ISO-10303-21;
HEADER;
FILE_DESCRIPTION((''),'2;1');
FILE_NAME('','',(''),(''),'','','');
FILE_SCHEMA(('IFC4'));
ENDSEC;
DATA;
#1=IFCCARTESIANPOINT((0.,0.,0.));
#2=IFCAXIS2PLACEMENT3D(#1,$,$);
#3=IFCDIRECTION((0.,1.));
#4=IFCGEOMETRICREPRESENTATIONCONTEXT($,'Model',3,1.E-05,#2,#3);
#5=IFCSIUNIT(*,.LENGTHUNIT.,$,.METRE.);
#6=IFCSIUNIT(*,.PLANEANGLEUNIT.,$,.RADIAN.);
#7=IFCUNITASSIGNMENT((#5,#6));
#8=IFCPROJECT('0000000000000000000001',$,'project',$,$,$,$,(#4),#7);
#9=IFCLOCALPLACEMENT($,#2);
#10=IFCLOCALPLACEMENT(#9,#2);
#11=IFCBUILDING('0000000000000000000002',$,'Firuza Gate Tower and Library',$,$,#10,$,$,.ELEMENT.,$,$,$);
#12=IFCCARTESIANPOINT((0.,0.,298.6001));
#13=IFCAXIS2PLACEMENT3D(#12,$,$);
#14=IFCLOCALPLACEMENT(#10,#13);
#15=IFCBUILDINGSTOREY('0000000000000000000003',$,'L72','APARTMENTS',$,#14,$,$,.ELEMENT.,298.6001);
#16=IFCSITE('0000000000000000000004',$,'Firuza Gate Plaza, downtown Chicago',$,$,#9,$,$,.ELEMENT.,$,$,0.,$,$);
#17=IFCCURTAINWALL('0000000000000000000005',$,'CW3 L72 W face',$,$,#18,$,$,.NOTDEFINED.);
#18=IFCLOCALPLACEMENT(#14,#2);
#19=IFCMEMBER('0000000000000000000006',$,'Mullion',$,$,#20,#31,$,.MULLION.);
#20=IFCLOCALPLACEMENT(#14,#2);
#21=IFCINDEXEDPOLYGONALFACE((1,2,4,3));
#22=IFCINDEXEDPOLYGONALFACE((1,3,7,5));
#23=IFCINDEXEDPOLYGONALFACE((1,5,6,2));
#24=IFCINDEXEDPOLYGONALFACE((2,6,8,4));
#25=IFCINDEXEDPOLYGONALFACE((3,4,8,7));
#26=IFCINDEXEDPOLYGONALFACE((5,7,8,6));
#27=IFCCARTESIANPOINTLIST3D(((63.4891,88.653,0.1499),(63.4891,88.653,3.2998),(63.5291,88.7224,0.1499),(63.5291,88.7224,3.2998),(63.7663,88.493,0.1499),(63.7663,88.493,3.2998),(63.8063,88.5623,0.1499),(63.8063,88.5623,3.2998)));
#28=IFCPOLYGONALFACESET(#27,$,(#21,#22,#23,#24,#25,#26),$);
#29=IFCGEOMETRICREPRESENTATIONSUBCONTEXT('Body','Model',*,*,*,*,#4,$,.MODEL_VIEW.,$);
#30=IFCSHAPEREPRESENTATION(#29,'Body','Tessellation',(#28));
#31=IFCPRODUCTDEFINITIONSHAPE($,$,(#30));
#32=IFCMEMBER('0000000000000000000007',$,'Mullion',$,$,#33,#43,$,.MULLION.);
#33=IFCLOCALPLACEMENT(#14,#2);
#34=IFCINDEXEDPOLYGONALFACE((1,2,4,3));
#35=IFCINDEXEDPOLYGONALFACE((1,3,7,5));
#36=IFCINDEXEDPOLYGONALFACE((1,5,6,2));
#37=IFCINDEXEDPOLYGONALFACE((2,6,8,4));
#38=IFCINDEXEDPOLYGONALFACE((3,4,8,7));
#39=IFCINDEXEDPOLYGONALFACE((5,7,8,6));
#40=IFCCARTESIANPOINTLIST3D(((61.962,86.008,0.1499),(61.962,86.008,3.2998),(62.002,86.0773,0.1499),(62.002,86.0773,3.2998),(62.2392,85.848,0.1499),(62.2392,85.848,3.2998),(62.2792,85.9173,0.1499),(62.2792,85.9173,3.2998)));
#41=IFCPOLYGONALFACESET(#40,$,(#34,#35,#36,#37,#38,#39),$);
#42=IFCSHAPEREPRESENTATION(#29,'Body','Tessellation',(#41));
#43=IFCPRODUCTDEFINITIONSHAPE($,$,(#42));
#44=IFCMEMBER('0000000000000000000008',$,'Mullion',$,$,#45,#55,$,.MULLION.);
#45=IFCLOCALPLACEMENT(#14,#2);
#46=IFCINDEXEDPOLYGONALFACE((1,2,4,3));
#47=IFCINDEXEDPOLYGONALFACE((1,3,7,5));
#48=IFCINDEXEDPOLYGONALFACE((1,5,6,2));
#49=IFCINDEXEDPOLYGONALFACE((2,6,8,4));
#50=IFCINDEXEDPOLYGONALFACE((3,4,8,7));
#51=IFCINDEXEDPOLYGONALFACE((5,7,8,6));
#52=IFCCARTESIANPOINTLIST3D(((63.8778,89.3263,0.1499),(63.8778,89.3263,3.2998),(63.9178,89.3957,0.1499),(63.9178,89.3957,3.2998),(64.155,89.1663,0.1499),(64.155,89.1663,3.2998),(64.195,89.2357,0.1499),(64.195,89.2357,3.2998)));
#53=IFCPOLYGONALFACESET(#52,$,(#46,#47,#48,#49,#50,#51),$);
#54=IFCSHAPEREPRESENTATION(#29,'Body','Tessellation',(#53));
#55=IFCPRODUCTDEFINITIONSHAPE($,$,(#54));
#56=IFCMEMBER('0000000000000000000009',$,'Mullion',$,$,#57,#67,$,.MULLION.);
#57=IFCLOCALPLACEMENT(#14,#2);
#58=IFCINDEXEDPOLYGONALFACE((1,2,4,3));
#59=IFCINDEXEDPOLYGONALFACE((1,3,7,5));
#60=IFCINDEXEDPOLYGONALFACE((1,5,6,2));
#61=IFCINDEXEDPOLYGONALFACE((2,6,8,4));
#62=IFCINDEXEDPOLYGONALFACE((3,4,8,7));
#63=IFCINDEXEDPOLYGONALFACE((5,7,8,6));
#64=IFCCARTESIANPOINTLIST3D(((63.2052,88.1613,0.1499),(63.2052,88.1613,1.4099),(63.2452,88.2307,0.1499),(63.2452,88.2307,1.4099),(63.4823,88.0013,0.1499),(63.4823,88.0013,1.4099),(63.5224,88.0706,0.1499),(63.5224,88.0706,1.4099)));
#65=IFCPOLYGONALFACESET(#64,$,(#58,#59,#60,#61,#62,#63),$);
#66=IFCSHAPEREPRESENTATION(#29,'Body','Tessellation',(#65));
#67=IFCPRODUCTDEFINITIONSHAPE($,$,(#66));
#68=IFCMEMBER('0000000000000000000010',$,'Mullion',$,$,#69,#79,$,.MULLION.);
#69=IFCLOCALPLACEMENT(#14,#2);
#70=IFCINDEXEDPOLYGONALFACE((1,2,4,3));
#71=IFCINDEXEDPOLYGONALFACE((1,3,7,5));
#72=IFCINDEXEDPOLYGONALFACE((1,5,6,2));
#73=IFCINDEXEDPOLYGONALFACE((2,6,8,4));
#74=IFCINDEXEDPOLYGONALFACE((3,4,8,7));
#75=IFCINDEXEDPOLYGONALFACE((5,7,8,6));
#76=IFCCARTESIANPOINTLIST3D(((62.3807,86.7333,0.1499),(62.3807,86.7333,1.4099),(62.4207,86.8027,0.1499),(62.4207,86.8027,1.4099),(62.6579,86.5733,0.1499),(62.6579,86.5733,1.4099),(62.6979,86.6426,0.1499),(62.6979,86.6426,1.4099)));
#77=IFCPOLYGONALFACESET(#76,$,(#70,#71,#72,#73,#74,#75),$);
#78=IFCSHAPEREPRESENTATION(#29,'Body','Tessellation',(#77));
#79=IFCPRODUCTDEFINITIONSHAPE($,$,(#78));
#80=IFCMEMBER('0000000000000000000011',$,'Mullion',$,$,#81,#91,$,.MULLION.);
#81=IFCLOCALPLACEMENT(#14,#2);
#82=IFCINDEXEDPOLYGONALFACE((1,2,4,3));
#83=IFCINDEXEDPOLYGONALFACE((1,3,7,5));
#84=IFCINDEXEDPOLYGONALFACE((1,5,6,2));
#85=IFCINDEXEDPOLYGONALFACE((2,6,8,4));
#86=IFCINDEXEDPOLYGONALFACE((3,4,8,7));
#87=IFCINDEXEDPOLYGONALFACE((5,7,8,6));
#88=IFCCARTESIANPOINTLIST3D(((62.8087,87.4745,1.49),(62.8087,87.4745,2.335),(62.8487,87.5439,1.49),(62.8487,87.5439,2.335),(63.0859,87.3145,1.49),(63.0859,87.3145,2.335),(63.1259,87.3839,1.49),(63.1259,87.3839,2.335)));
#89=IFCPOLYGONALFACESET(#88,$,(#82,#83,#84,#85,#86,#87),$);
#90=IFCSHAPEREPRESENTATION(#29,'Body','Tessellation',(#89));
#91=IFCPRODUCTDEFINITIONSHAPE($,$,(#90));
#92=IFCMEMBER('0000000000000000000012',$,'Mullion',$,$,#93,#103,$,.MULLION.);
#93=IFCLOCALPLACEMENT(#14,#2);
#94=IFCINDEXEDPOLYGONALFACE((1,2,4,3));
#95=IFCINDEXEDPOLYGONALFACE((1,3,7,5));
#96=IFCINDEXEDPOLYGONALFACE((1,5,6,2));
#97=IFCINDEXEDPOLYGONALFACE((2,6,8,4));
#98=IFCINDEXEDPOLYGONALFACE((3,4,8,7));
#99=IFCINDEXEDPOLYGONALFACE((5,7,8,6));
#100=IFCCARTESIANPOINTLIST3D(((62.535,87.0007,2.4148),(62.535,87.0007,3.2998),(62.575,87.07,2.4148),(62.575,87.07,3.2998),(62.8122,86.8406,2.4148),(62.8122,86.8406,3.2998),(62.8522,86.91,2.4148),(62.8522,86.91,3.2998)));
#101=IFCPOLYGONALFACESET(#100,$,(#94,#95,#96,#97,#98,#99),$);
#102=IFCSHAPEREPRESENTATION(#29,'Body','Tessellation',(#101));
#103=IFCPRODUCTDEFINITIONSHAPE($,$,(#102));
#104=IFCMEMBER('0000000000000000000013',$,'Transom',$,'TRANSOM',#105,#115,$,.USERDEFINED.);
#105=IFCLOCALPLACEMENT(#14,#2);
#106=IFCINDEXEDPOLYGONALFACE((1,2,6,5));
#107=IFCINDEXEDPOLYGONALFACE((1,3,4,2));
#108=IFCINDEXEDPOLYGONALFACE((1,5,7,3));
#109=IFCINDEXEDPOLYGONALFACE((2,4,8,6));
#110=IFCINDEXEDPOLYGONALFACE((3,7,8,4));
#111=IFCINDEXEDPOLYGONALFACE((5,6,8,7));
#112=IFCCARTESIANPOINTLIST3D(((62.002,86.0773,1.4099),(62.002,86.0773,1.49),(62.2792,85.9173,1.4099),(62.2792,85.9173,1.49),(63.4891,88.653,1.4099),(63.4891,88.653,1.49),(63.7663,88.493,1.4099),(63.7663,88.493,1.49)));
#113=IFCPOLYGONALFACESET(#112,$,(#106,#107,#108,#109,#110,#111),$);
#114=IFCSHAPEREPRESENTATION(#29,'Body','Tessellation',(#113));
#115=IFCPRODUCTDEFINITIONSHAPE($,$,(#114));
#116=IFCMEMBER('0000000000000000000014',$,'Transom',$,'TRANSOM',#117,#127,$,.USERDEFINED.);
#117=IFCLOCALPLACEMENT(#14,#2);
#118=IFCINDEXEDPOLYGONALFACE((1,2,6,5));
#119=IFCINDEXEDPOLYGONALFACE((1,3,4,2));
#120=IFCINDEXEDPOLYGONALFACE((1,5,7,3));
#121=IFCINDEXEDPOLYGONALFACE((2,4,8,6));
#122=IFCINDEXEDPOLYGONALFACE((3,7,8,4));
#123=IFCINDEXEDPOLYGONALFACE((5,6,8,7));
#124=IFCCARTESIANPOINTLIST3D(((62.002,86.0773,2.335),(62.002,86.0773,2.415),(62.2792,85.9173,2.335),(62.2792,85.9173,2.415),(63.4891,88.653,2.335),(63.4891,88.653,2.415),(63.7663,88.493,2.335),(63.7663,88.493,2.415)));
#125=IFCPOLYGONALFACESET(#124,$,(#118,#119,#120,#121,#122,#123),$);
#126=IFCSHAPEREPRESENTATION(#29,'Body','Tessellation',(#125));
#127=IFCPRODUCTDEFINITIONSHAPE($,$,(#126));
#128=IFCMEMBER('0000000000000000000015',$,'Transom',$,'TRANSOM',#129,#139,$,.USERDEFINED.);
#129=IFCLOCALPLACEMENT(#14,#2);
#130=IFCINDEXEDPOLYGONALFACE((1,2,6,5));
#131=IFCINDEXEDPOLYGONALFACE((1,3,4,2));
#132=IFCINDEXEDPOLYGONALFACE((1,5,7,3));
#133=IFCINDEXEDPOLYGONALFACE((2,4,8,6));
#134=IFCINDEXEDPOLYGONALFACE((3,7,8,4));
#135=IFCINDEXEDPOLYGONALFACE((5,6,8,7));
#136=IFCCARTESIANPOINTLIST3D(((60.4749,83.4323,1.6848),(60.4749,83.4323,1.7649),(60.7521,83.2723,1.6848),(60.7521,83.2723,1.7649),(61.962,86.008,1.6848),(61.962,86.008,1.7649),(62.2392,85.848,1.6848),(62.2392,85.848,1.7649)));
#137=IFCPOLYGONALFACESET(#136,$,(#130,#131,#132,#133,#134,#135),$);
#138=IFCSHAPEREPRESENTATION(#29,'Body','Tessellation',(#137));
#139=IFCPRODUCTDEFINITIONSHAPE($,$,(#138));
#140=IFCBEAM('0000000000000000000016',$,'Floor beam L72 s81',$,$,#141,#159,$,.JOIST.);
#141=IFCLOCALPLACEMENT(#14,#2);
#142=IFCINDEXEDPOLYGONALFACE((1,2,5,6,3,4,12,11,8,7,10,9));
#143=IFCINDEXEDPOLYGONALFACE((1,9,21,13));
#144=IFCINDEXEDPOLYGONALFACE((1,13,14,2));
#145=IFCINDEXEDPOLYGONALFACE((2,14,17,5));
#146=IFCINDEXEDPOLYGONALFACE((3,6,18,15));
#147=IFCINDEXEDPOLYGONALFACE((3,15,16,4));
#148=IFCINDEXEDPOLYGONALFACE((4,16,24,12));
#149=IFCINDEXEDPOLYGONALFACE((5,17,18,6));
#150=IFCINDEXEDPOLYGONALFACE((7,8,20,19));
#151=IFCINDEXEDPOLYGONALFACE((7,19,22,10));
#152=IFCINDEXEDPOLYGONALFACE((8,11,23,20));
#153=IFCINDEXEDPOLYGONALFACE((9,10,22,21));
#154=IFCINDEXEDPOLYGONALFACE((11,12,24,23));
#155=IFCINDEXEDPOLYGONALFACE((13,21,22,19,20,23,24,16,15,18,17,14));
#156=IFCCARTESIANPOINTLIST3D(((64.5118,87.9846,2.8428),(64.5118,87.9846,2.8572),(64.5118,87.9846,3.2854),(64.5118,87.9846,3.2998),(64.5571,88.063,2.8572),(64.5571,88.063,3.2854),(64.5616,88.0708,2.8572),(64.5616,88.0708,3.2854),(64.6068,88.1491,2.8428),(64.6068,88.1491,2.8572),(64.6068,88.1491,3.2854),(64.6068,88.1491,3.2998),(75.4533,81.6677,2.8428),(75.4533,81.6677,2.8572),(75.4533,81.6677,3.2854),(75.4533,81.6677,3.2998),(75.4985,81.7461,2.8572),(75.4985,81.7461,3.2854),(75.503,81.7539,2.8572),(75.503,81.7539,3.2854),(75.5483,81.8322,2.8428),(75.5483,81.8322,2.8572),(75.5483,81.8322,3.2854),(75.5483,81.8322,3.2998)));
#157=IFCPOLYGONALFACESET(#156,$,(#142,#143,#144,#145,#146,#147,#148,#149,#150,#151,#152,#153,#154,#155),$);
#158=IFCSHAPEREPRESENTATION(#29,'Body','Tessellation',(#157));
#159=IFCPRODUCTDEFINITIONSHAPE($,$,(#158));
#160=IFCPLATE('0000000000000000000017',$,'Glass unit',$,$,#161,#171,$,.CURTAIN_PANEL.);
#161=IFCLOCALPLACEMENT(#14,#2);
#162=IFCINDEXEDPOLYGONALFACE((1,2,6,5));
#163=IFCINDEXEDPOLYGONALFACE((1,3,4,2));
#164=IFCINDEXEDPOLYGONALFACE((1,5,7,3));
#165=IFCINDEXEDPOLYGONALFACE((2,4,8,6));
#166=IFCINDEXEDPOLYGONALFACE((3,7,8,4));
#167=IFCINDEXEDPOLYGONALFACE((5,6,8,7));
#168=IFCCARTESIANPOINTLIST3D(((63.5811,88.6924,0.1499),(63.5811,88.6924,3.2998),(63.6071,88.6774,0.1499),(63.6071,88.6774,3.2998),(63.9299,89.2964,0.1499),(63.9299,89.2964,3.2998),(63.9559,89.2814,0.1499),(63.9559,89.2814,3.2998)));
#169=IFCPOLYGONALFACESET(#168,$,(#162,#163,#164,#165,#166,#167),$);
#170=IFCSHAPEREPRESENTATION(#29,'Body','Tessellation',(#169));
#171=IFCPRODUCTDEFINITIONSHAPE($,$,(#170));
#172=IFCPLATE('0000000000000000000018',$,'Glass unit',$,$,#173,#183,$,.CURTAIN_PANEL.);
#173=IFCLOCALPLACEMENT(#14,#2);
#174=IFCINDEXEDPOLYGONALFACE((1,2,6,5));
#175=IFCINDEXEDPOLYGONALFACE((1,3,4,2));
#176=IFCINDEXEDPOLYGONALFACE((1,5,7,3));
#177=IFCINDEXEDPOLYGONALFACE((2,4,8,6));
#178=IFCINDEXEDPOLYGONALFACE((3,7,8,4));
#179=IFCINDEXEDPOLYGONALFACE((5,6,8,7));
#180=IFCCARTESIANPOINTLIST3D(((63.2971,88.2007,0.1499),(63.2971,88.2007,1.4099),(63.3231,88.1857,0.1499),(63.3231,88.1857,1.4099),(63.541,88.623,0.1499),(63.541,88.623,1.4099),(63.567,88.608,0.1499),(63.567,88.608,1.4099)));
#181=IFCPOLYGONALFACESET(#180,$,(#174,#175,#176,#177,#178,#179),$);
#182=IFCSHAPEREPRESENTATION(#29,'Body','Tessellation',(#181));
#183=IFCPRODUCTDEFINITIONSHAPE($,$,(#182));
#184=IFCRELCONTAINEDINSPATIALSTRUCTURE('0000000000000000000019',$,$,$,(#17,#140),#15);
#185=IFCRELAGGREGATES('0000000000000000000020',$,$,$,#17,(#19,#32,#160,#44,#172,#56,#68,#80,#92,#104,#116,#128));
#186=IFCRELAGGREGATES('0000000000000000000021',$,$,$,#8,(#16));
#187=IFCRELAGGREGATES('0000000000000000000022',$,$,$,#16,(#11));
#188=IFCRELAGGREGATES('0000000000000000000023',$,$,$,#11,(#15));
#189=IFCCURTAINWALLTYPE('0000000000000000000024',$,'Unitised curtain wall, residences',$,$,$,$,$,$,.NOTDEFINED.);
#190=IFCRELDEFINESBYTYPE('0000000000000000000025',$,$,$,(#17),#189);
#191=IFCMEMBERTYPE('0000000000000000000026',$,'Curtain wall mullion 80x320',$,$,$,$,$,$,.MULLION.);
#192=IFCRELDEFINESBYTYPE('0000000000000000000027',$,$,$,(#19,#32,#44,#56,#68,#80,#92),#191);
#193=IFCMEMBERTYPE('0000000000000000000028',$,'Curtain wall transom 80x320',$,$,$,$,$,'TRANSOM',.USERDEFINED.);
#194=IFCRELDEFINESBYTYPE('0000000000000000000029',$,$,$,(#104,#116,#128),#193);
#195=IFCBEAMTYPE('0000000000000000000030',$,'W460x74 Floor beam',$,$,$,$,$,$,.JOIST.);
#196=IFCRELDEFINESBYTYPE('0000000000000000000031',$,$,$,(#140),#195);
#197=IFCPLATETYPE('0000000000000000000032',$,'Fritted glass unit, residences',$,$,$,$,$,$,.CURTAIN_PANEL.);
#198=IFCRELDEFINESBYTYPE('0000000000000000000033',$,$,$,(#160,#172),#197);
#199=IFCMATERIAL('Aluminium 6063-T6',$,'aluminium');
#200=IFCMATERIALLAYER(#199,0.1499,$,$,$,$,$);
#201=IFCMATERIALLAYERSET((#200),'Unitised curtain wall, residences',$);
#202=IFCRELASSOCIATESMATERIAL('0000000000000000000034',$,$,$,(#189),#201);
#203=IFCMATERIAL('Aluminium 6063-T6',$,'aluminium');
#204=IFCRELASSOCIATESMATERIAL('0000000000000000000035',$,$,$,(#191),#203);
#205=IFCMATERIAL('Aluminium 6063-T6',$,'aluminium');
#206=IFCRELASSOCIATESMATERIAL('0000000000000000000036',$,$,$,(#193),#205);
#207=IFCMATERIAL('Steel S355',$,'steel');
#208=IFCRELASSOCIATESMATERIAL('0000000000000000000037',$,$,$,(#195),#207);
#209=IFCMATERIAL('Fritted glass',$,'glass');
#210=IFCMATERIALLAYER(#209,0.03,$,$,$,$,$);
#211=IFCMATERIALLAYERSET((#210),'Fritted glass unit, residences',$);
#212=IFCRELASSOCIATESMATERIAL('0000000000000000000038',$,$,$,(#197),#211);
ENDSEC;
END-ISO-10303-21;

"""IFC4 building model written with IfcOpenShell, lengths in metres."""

from ifc_helpers import new_model, si_unit, direction, frame, origin, origin_2d, place, context, subcontext, project, spatial, polyline, rectangle, i_section, outline, extrude, material, layer, layer_set, material_profile, profile_set, type_object, element, aggregate, save


model = new_model("IFC4")

# Units and contexts
model_context = context("Model", 3, precision=1e-05, world=origin(), true_north=direction((0.0, 1.0)))
body_context = subcontext(model_context, "Body", "Model", "MODEL_VIEW")
ifc_project = project(units=[si_unit("LENGTHUNIT", "METRE"), si_unit("PLANEANGLEUNIT", "RADIAN")], contexts=[model_context])

# Site, building, storey
site_placement = place(None, origin())
site = spatial("IfcSite", under=ifc_project, at=site_placement, Name="Firuza Gate Plaza, downtown Chicago", CompositionType="ELEMENT", RefElevation=0.0)
building_placement = place(site_placement, origin())
building = spatial("IfcBuilding", under=site, at=building_placement, Name="Firuza Gate Tower and Library", CompositionType="ELEMENT")
storey_placement = place(building_placement, frame((0.0, 0.0, 298.6001)))
storey = spatial("IfcBuildingStorey", under=building, at=storey_placement, Name="L72", Description="APARTMENTS", CompositionType="ELEMENT", Elevation=298.6001)

# Curtain wall, members
ifc_material_1 = material(Name="Aluminium 6063-T6", Category="aluminium")
ifc_layer_1 = layer(ifc_material_1, 0.1499)
ifc_layer_set_1 = layer_set([ifc_layer_1], Name="Unitised curtain wall, residences")
curtain_wall_type = type_object("IfcCurtainWallType", Name="Unitised curtain wall, residences", PredefinedType="NOTDEFINED", material=ifc_layer_set_1)
curtain_wall_placement = place(storey_placement, origin())
curtain_wall = element("IfcCurtainWall", 1, at=curtain_wall_placement, inside=storey, type_object=curtain_wall_type, Name="CW3 L72 W face", PredefinedType="NOTDEFINED")
ifc_material_2 = material(Name="Aluminium 6063-T6", Category="aluminium")
ifc_material_profile_1 = material_profile(ifc_material_2, rectangle(XDim=0.3201, YDim=0.0801, at=origin_2d()))
ifc_profile_set_1 = profile_set([ifc_material_profile_1], Name="Aluminium 6063-T6")
member_type_1 = type_object("IfcMemberType", Name="Curtain wall mullion 80x320", PredefinedType="MULLION", material=ifc_profile_set_1)
member_1_placement = place(storey_placement, frame((63.6477, 88.6077, 0.1499), z_axis=(0.0, 0.0, 1.0), x_axis=(0.866025, -0.5, 0.0)))
member_1 = element("IfcMember", 2, at=member_1_placement, type_object=member_type_1, Name="Mullion", PredefinedType="MULLION", context=body_context, shape_type="SweptSolid", body=[
    extrude(rectangle(XDim=0.3201, YDim=0.0801, at=origin_2d()), origin(), (0.0, 0.0, 1.0), 3.1499),
])
member_2_placement = place(storey_placement, frame((62.1206, 85.9626, 0.1499), z_axis=(0.0, 0.0, 1.0), x_axis=(0.866025, -0.5, 0.0)))
member_2 = element("IfcMember", 3, at=member_2_placement, type_object=member_type_1, Name="Mullion", PredefinedType="MULLION", context=body_context, shape_type="SweptSolid", body=[
    extrude(rectangle(XDim=0.3201, YDim=0.0801, at=origin_2d()), origin(), (0.0, 0.0, 1.0), 3.1499),
])
member_3_placement = place(storey_placement, frame((64.0364, 89.281, 0.1499), z_axis=(0.0, 0.0, 1.0), x_axis=(0.866025, -0.5, 0.0)))
member_3 = element("IfcMember", 4, at=member_3_placement, type_object=member_type_1, Name="Mullion", PredefinedType="MULLION", context=body_context, shape_type="SweptSolid", body=[
    extrude(rectangle(XDim=0.3201, YDim=0.0801, at=origin_2d()), origin(), (0.0, 0.0, 1.0), 3.1499),
])
member_4_placement = place(storey_placement, frame((63.3638, 88.116, 0.1499), z_axis=(0.0, 0.0, 1.0), x_axis=(0.866025, -0.5, 0.0)))
member_4 = element("IfcMember", 5, at=member_4_placement, type_object=member_type_1, Name="Mullion", PredefinedType="MULLION", context=body_context, shape_type="SweptSolid", body=[
    extrude(rectangle(XDim=0.3201, YDim=0.0801, at=origin_2d()), origin(), (0.0, 0.0, 1.0), 1.26),
])
member_5_placement = place(storey_placement, frame((62.5393, 86.688, 0.1499), z_axis=(0.0, 0.0, 1.0), x_axis=(0.866025, -0.5, 0.0)))
member_5 = element("IfcMember", 6, at=member_5_placement, type_object=member_type_1, Name="Mullion", PredefinedType="MULLION", context=body_context, shape_type="SweptSolid", body=[
    extrude(rectangle(XDim=0.3201, YDim=0.0801, at=origin_2d()), origin(), (0.0, 0.0, 1.0), 1.26),
])
member_6_placement = place(storey_placement, frame((62.9673, 87.4292, 1.49), z_axis=(0.0, 0.0, 1.0), x_axis=(0.866025, -0.5, 0.0)))
member_6 = element("IfcMember", 7, at=member_6_placement, type_object=member_type_1, Name="Mullion", PredefinedType="MULLION", context=body_context, shape_type="SweptSolid", body=[
    extrude(rectangle(XDim=0.3201, YDim=0.0801, at=origin_2d()), origin(), (0.0, 0.0, 1.0), 0.845),
])
member_7_placement = place(storey_placement, frame((62.6936, 86.9553, 2.4148), z_axis=(0.0, 0.0, 1.0), x_axis=(0.866025, -0.5, 0.0)))
member_7 = element("IfcMember", 8, at=member_7_placement, type_object=member_type_1, Name="Mullion", PredefinedType="MULLION", context=body_context, shape_type="SweptSolid", body=[
    extrude(rectangle(XDim=0.3201, YDim=0.0801, at=origin_2d()), origin(), (0.0, 0.0, 1.0), 0.885),
])
ifc_material_3 = material(Name="Aluminium 6063-T6", Category="aluminium")
ifc_material_profile_2 = material_profile(ifc_material_3, rectangle(XDim=0.3201, YDim=0.0801, at=origin_2d()))
ifc_profile_set_2 = profile_set([ifc_material_profile_2], Name="Aluminium 6063-T6")
member_type_2 = type_object("IfcMemberType", Name="Curtain wall transom 80x320", ElementType="TRANSOM", PredefinedType="USERDEFINED", material=ifc_profile_set_2)
member_8_placement = place(storey_placement, frame((63.6277, 88.573, 1.45), z_axis=(-0.499997, -0.866027, 0.0), x_axis=(0.866027, -0.499997, 0.0)))
member_8 = element("IfcMember", 9, at=member_8_placement, type_object=member_type_2, Name="Transom", ObjectType="TRANSOM", PredefinedType="USERDEFINED", context=body_context, shape_type="SweptSolid", body=[
    extrude(rectangle(XDim=0.3201, YDim=0.0801, at=origin_2d()), origin(), (0.0, 0.0, 1.0), 2.9741),
])
member_9_placement = place(storey_placement, frame((63.6277, 88.573, 2.375), z_axis=(-0.499997, -0.866027, 0.0), x_axis=(0.866027, -0.499997, 0.0)))
member_9 = element("IfcMember", 10, at=member_9_placement, type_object=member_type_2, Name="Transom", ObjectType="TRANSOM", PredefinedType="USERDEFINED", context=body_context, shape_type="SweptSolid", body=[
    extrude(rectangle(XDim=0.3201, YDim=0.0801, at=origin_2d()), origin(), (0.0, 0.0, 1.0), 2.9741),
])
member_10_placement = place(storey_placement, frame((62.1006, 85.928, 1.7249), z_axis=(-0.499997, -0.866027, 0.0), x_axis=(0.866027, -0.499997, 0.0)))
member_10 = element("IfcMember", 11, at=member_10_placement, type_object=member_type_2, Name="Transom", ObjectType="TRANSOM", PredefinedType="USERDEFINED", context=body_context, shape_type="SweptSolid", body=[
    extrude(rectangle(XDim=0.3201, YDim=0.0801, at=origin_2d()), origin(), (0.0, 0.0, 1.0), 2.9741),
])

# Beam
ifc_material_4 = material(Name="Steel S355", Category="steel")
ifc_material_profile_3 = material_profile(ifc_material_4, i_section(OverallWidth=0.1899, OverallDepth=0.457, WebThickness=0.009, FlangeThickness=0.0144, at=origin_2d()))
ifc_profile_set_3 = profile_set([ifc_material_profile_3], Name="Steel S355")
beam_type = type_object("IfcBeamType", Name="W460x74 Floor beam", PredefinedType="JOIST", material=ifc_profile_set_3)
beam_placement = place(storey_placement, frame((64.5593, 88.0669, 3.0713), z_axis=(0.86603, -0.499992, 0.0), x_axis=(0.499992, 0.86603, 0.0)))
element("IfcBeam", 12, at=beam_placement, inside=storey, type_object=beam_type, Name="Floor beam L72 s81", PredefinedType="JOIST", context=body_context, shape_type="SweptSolid", body=[
    extrude(i_section(OverallWidth=0.1899, OverallDepth=0.457, WebThickness=0.009, FlangeThickness=0.0144, at=origin_2d()), origin(), (0.0, 0.0, 1.0), 12.634),
])

# Plates
ifc_material_5 = material(Name="Fritted glass", Category="glass")
ifc_layer_2 = layer(ifc_material_5, 0.03)
ifc_layer_set_2 = layer_set([ifc_layer_2], Name="Fritted glass unit, residences")
plate_type_1 = type_object("IfcPlateType", Name="Fritted glass unit, residences", PredefinedType="CURTAIN_PANEL", material=ifc_layer_set_2)
plate_1_placement = place(storey_placement, frame((63.9299, 89.2964, 0.1499), z_axis=(-0.865929, 0.500167, 0.0), x_axis=(-0.500167, -0.865929, 0.0)))
plate_1 = element("IfcPlate", 13, at=plate_1_placement, type_object=plate_type_1, Name="Glass unit", PredefinedType="CURTAIN_PANEL", context=body_context, shape_type="SweptSolid", body=[
    extrude(outline(polyline([(0.0, 0.0), (0.6975, 0.0), (0.6975, 3.1499), (0.0, 3.1499), (0.0, 0.0)])), origin(), (0.0, 0.0, -1.0), 0.03),
])
plate_2_placement = place(storey_placement, frame((63.541, 88.623, 0.1499), z_axis=(-0.865986, 0.500069, 0.0), x_axis=(-0.500069, -0.865986, 0.0)))
plate_2 = element("IfcPlate", 14, at=plate_2_placement, type_object=plate_type_1, Name="Glass unit", PredefinedType="CURTAIN_PANEL", context=body_context, shape_type="SweptSolid", body=[
    extrude(outline(polyline([(0.0, 0.0), (0.4877, 0.0), (0.4877, 1.26), (0.0, 1.26), (0.0, 0.0)])), origin(), (0.0, 0.0, -1.0), 0.03),
])
aggregate(curtain_wall, [member_1, member_2, plate_1, member_3, plate_2, member_4, member_5, member_6, member_7, member_8, member_9, member_10])

save(model, "model.ifc")
